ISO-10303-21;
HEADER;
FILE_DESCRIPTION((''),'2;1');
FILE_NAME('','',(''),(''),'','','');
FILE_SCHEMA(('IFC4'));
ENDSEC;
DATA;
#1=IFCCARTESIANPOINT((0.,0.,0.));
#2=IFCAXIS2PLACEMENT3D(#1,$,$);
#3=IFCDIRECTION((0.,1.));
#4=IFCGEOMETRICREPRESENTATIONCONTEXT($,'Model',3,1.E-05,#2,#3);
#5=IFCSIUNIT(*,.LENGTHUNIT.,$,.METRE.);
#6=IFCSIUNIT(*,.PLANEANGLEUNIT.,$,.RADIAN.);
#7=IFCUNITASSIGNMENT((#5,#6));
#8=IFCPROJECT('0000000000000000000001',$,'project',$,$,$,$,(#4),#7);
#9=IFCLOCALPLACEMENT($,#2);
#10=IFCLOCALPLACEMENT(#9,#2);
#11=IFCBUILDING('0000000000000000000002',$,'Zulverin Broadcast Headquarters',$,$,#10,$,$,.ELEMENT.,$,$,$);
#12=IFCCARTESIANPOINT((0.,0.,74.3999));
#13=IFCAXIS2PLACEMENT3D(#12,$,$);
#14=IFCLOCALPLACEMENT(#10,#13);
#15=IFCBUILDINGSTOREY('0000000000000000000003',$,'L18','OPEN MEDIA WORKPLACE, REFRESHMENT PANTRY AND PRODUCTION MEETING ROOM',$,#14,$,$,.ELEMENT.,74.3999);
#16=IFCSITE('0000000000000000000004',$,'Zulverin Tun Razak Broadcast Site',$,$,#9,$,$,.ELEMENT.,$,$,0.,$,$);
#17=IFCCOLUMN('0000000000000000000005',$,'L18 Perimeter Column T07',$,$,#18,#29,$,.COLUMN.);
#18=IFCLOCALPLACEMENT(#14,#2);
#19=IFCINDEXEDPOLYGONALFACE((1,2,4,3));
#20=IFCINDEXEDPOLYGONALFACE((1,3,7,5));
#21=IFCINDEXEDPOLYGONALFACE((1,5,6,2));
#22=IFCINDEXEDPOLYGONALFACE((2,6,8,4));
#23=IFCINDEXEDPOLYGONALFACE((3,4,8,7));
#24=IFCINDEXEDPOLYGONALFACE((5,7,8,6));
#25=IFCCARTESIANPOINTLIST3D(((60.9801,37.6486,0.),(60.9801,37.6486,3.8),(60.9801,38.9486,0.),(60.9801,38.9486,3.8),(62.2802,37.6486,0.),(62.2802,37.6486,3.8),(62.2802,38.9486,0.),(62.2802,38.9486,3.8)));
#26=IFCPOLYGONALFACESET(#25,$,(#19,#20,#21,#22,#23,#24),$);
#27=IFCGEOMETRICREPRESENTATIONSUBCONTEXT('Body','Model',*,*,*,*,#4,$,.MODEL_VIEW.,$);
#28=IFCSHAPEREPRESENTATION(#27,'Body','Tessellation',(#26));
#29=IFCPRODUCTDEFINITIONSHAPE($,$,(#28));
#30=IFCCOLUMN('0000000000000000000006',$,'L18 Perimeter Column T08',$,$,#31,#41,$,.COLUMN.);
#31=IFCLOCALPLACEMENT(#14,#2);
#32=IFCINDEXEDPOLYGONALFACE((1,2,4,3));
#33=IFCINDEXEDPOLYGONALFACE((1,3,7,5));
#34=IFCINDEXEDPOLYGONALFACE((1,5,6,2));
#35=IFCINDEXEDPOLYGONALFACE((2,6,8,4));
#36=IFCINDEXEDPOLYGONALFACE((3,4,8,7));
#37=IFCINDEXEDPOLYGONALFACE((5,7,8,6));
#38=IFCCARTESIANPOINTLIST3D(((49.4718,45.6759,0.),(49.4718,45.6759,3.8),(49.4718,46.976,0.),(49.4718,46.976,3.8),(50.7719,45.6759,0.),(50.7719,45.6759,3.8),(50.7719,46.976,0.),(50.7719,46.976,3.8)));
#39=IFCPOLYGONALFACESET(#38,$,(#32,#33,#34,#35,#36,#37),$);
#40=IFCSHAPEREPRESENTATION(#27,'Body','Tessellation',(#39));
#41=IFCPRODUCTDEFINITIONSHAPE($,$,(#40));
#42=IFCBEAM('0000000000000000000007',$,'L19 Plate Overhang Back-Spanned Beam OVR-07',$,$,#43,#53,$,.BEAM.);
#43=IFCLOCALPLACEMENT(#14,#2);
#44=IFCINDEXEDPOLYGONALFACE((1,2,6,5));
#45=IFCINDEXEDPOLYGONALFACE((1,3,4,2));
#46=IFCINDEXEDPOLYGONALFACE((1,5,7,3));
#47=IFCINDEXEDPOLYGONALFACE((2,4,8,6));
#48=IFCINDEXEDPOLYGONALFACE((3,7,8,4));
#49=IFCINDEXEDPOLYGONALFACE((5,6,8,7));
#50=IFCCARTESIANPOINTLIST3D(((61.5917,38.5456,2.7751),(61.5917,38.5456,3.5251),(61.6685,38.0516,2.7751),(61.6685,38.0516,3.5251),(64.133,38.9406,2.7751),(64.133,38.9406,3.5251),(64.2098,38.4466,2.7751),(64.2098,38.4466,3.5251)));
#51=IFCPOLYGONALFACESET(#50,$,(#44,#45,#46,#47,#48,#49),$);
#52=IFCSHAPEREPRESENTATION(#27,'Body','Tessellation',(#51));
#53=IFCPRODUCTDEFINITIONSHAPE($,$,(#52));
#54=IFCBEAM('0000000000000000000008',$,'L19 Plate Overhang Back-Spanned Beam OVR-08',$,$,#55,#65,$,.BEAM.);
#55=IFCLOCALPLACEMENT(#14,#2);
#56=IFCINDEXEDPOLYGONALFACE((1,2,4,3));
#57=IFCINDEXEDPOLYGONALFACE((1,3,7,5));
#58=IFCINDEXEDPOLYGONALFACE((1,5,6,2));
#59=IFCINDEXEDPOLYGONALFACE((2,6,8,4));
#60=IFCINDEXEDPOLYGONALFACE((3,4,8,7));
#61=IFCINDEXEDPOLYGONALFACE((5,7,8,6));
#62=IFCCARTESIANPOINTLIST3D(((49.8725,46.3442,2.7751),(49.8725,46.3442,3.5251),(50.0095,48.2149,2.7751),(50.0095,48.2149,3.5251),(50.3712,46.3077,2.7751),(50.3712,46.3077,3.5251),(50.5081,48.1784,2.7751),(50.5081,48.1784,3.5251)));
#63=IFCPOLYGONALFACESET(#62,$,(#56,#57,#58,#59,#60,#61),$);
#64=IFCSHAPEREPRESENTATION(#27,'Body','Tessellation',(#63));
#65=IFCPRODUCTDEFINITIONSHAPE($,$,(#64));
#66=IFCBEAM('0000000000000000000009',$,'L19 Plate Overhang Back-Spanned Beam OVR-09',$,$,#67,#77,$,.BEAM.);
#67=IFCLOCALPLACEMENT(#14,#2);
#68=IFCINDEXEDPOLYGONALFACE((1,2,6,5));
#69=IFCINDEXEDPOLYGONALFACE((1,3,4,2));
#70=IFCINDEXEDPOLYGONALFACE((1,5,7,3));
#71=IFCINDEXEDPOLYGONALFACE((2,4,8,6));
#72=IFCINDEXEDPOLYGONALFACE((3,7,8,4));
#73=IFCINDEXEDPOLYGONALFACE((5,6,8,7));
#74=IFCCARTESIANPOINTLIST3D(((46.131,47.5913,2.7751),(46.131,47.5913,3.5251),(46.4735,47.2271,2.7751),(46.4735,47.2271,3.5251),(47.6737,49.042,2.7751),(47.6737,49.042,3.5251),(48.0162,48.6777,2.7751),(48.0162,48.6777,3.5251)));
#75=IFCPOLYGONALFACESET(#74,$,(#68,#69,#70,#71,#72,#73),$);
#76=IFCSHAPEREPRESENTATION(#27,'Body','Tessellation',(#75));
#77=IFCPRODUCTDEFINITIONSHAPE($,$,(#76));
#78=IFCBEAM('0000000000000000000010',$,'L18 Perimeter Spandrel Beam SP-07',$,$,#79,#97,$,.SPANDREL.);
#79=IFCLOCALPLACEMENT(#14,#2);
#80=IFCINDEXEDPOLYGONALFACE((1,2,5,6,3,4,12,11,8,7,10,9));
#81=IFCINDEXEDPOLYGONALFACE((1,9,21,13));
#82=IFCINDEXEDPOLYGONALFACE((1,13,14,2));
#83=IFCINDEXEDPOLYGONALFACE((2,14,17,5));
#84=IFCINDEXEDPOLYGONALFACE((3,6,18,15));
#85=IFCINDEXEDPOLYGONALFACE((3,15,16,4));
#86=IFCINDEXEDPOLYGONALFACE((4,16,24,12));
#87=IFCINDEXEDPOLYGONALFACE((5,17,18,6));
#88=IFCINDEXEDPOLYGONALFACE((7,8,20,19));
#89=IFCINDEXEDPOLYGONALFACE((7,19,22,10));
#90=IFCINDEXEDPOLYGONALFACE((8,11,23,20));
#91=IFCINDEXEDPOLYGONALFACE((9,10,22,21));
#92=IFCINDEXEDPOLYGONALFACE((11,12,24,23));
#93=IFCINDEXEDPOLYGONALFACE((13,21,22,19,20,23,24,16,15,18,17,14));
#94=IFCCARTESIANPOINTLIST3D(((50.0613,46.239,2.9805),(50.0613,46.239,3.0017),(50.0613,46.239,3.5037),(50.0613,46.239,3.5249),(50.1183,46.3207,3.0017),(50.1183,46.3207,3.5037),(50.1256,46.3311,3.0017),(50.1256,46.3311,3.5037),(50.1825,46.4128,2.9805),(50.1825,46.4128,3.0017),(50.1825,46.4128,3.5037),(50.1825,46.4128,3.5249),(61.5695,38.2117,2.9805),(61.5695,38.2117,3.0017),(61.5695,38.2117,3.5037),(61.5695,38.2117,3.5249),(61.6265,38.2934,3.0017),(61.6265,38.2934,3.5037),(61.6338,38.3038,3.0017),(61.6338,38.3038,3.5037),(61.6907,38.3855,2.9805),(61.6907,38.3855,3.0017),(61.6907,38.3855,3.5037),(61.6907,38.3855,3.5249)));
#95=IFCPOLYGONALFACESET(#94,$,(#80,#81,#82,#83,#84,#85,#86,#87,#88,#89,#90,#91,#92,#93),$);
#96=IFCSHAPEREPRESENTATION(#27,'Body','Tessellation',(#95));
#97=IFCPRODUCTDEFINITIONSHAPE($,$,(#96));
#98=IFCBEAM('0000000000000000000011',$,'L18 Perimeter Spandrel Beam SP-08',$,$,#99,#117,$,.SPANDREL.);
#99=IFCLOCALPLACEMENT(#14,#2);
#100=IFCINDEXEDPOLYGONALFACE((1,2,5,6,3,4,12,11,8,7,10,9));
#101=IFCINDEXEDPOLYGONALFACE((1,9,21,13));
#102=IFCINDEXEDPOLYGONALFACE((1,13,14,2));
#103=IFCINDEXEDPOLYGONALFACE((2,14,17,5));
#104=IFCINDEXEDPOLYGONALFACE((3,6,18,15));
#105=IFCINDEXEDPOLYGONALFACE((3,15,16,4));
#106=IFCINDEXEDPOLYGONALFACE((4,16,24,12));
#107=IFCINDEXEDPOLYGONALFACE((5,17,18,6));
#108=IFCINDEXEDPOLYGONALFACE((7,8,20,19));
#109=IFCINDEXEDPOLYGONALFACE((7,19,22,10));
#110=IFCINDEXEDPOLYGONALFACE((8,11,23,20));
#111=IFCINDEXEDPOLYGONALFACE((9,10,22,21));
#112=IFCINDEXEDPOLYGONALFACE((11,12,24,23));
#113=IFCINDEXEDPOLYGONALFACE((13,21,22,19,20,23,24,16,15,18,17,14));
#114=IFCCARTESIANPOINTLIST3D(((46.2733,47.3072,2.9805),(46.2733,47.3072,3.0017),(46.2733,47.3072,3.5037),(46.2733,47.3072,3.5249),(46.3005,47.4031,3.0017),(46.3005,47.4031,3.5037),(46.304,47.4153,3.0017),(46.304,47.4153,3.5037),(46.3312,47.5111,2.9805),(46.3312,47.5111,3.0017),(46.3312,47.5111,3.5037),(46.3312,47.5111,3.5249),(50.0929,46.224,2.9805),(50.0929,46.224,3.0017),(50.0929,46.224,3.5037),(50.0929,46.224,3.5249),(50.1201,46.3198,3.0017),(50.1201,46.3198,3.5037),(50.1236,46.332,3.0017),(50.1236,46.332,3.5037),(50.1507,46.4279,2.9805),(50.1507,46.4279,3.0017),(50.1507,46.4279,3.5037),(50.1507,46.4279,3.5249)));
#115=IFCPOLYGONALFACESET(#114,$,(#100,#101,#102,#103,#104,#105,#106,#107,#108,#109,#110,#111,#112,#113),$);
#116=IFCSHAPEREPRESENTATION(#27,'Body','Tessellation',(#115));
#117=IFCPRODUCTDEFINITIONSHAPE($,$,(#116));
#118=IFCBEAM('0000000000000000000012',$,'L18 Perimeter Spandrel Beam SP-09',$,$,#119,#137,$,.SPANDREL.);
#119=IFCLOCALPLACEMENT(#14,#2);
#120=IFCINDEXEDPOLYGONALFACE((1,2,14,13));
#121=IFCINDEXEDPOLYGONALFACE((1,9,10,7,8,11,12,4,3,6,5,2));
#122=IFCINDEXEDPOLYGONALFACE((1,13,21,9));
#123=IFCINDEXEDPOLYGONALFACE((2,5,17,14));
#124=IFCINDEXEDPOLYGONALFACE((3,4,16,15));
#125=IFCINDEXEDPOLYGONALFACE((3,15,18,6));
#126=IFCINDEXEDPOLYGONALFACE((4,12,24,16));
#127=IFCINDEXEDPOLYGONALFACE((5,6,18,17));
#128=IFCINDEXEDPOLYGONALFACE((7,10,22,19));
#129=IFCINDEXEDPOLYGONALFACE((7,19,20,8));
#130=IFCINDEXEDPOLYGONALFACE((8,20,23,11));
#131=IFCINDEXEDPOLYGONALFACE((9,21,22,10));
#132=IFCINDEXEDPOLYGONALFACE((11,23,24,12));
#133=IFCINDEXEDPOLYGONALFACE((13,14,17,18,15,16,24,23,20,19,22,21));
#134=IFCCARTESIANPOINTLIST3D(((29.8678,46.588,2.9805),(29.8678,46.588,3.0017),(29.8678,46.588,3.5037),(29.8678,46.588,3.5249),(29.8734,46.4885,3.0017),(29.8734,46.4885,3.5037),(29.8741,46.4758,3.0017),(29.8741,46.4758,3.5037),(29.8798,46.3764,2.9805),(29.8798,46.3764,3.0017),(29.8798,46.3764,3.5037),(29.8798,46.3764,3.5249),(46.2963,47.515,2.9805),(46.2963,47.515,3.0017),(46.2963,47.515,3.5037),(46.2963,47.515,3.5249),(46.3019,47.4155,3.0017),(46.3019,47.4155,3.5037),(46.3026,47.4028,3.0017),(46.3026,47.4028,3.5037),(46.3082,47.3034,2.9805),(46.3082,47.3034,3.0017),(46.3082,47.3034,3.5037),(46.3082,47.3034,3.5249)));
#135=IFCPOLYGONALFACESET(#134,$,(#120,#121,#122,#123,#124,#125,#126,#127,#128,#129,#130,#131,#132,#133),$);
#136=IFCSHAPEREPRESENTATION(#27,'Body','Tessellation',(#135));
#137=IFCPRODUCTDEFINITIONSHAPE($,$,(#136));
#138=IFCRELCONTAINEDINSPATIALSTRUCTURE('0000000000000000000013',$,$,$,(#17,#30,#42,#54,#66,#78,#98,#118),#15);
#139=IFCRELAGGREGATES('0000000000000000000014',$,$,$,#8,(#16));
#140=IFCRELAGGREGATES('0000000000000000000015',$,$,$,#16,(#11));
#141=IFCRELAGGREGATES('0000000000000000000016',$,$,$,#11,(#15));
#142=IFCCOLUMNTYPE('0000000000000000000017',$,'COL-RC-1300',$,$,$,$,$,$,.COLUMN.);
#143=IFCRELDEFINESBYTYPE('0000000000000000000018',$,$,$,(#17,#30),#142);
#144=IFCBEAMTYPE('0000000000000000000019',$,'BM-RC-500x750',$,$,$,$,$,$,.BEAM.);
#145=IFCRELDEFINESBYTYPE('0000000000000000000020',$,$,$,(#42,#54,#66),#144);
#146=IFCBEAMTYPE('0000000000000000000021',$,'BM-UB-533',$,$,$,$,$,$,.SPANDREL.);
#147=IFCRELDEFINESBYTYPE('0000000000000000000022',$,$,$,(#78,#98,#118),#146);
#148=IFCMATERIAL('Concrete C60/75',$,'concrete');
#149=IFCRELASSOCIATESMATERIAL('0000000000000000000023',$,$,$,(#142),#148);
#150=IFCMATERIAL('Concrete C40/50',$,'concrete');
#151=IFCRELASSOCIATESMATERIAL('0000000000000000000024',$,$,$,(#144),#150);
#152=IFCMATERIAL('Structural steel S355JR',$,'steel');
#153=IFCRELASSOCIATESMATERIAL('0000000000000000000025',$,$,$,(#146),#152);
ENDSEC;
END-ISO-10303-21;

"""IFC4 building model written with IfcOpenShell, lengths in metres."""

from ifc_helpers import new_model, si_unit, direction, frame, origin, origin_2d, place, context, subcontext, project, spatial, rectangle, i_section, extrude, material, material_profile, profile_set, type_object, element, save


model = new_model("IFC4")

# Units and contexts
model_context = context("Model", 3, precision=1e-05, world=origin(), true_north=direction((0.0, 1.0)))
body_context = subcontext(model_context, "Body", "Model", "MODEL_VIEW")
ifc_project = project(units=[si_unit("LENGTHUNIT", "METRE"), si_unit("PLANEANGLEUNIT", "RADIAN")], contexts=[model_context])

# Site, building, storey
site_placement = place(None, origin())
site = spatial("IfcSite", under=ifc_project, at=site_placement, Name="Zulverin Tun Razak Broadcast Site", CompositionType="ELEMENT", RefElevation=0.0)
building_placement = place(site_placement, origin())
building = spatial("IfcBuilding", under=site, at=building_placement, Name="Zulverin Broadcast Headquarters", CompositionType="ELEMENT")
storey_placement = place(building_placement, frame((0.0, 0.0, 74.3999)))
storey = spatial("IfcBuildingStorey", under=building, at=storey_placement, Name="L18", Description="OPEN MEDIA WORKPLACE, REFRESHMENT PANTRY AND PRODUCTION MEETING ROOM", CompositionType="ELEMENT", Elevation=74.3999)

# Columns
ifc_material_1 = material(Name="Concrete C60/75", Category="concrete")
ifc_material_profile_1 = material_profile(ifc_material_1, rectangle(XDim=1.3, YDim=1.3, at=origin_2d()), Name="Concrete C60/75", Category="concrete")
ifc_profile_set_1 = profile_set([ifc_material_profile_1], Name="Concrete C60/75")
column_type = type_object("IfcColumnType", Name="COL-RC-1300", PredefinedType="COLUMN", material=ifc_profile_set_1)
for number, where, z_axis, x_axis, name in (
    (1, (61.6301, 38.2986, 0.0), (0.0, 0.0, 1.0), (1.0, 0.0, 0.0), "L18 Perimeter Column T07"),
    (2, (50.1218, 46.3259, 0.0), (0.0, 0.0, 1.0), (1.0, 0.0, 0.0), "L18 Perimeter Column T08"),
):
    element("IfcColumn", number, at=place(storey_placement, frame(where, z_axis=z_axis, x_axis=x_axis)), inside=storey, type_object=column_type, Name=name, PredefinedType="COLUMN", context=body_context, shape_type="SweptSolid", body=[
        extrude(rectangle(XDim=1.3, YDim=1.3, at=origin_2d()), origin(), (0.0, 0.0, 1.0), 3.8),
    ])

# Beams
ifc_material_2 = material(Name="Concrete C40/50", Category="concrete")
ifc_material_profile_2 = material_profile(ifc_material_2, rectangle(XDim=0.5, YDim=0.75, at=origin_2d()), Name="Concrete C40/50", Category="concrete")
ifc_profile_set_2 = profile_set([ifc_material_profile_2], Name="Concrete C40/50")
beam_type_1 = type_object("IfcBeamType", Name="BM-RC-500x750", PredefinedType="BEAM", material=ifc_profile_set_2)
beam_1_placement = place(storey_placement, frame((61.6301, 38.2986, 3.1501), z_axis=(0.988133, 0.153598, 0.0), x_axis=(-0.153598, 0.988133, 0.0)))
element("IfcBeam", 3, at=beam_1_placement, inside=storey, type_object=beam_type_1, Name="L19 Plate Overhang Back-Spanned Beam OVR-07", PredefinedType="BEAM", context=body_context, shape_type="SweptSolid", body=[
    extrude(rectangle(XDim=0.5, YDim=0.75, at=origin_2d()), origin(), (0.0, 0.0, 1.0), 2.5718),
])
beam_2_placement = place(storey_placement, frame((50.1218, 46.3259, 3.1501), z_axis=(0.073023, 0.99733, 0.0), x_axis=(-0.99733, 0.073023, 0.0)))
element("IfcBeam", 4, at=beam_2_placement, inside=storey, type_object=beam_type_1, Name="L19 Plate Overhang Back-Spanned Beam OVR-08", PredefinedType="BEAM", context=body_context, shape_type="SweptSolid", body=[
    extrude(rectangle(XDim=0.5, YDim=0.75, at=origin_2d()), origin(), (0.0, 0.0, 1.0), 1.8757),
])
beam_3_placement = place(storey_placement, frame((46.3022, 47.4092, 3.1501), z_axis=(0.728505, 0.685041, 0.0), x_axis=(-0.685041, 0.728505, 0.0)))
element("IfcBeam", 5, at=beam_3_placement, inside=storey, type_object=beam_type_1, Name="L19 Plate Overhang Back-Spanned Beam OVR-09", PredefinedType="BEAM", context=body_context, shape_type="SweptSolid", body=[
    extrude(rectangle(XDim=0.5, YDim=0.75, at=origin_2d()), origin(), (0.0, 0.0, 1.0), 2.1177),
])
ifc_material_3 = material(Name="Structural steel S355JR", Category="steel")
ifc_material_profile_3 = material_profile(ifc_material_3, i_section(OverallWidth=0.2119, OverallDepth=0.5444, WebThickness=0.0127, FlangeThickness=0.0212, at=origin_2d()), Name="Structural steel S355JR", Category="steel")
ifc_profile_set_3 = profile_set([ifc_material_profile_3], Name="Structural steel S355JR")
beam_type_2 = type_object("IfcBeamType", Name="BM-UB-533", PredefinedType="SPANDREL", material=ifc_profile_set_3)
beam_4_placement = place(storey_placement, frame((61.6301, 38.2986, 3.2527), z_axis=(-0.820184, 0.5721, 0.0), x_axis=(-0.5721, -0.820184, 0.0)))
element("IfcBeam", 6, at=beam_4_placement, inside=storey, type_object=beam_type_2, Name="L18 Perimeter Spandrel Beam SP-07", PredefinedType="SPANDREL", context=body_context, shape_type="SweptSolid", body=[
    extrude(i_section(OverallWidth=0.2119, OverallDepth=0.5444, WebThickness=0.0127, FlangeThickness=0.0212, at=origin_2d()), origin(), (0.0, 0.0, 1.0), 14.0312),
])
beam_5_placement = place(storey_placement, frame((50.1218, 46.3259, 3.2527), z_axis=(-0.962058, 0.272844, 0.0), x_axis=(-0.272844, -0.962058, 0.0)))
element("IfcBeam", 7, at=beam_5_placement, inside=storey, type_object=beam_type_2, Name="L18 Perimeter Spandrel Beam SP-08", PredefinedType="SPANDREL", context=body_context, shape_type="SweptSolid", body=[
    extrude(i_section(OverallWidth=0.2119, OverallDepth=0.5444, WebThickness=0.0127, FlangeThickness=0.0212, at=origin_2d()), origin(), (0.0, 0.0, 1.0), 3.9702),
])
beam_6_placement = place(storey_placement, frame((46.3022, 47.4092, 3.2527), z_axis=(-0.998412, -0.056337, 0.0), x_axis=(0.056337, -0.998412, 0.0)))
element("IfcBeam", 8, at=beam_6_placement, inside=storey, type_object=beam_type_2, Name="L18 Perimeter Spandrel Beam SP-09", PredefinedType="SPANDREL", context=body_context, shape_type="SweptSolid", body=[
    extrude(i_section(OverallWidth=0.2119, OverallDepth=0.5444, WebThickness=0.0127, FlangeThickness=0.0212, at=origin_2d()), origin(), (0.0, 0.0, 1.0), 16.4546),
])

save(model, "model.ifc")
